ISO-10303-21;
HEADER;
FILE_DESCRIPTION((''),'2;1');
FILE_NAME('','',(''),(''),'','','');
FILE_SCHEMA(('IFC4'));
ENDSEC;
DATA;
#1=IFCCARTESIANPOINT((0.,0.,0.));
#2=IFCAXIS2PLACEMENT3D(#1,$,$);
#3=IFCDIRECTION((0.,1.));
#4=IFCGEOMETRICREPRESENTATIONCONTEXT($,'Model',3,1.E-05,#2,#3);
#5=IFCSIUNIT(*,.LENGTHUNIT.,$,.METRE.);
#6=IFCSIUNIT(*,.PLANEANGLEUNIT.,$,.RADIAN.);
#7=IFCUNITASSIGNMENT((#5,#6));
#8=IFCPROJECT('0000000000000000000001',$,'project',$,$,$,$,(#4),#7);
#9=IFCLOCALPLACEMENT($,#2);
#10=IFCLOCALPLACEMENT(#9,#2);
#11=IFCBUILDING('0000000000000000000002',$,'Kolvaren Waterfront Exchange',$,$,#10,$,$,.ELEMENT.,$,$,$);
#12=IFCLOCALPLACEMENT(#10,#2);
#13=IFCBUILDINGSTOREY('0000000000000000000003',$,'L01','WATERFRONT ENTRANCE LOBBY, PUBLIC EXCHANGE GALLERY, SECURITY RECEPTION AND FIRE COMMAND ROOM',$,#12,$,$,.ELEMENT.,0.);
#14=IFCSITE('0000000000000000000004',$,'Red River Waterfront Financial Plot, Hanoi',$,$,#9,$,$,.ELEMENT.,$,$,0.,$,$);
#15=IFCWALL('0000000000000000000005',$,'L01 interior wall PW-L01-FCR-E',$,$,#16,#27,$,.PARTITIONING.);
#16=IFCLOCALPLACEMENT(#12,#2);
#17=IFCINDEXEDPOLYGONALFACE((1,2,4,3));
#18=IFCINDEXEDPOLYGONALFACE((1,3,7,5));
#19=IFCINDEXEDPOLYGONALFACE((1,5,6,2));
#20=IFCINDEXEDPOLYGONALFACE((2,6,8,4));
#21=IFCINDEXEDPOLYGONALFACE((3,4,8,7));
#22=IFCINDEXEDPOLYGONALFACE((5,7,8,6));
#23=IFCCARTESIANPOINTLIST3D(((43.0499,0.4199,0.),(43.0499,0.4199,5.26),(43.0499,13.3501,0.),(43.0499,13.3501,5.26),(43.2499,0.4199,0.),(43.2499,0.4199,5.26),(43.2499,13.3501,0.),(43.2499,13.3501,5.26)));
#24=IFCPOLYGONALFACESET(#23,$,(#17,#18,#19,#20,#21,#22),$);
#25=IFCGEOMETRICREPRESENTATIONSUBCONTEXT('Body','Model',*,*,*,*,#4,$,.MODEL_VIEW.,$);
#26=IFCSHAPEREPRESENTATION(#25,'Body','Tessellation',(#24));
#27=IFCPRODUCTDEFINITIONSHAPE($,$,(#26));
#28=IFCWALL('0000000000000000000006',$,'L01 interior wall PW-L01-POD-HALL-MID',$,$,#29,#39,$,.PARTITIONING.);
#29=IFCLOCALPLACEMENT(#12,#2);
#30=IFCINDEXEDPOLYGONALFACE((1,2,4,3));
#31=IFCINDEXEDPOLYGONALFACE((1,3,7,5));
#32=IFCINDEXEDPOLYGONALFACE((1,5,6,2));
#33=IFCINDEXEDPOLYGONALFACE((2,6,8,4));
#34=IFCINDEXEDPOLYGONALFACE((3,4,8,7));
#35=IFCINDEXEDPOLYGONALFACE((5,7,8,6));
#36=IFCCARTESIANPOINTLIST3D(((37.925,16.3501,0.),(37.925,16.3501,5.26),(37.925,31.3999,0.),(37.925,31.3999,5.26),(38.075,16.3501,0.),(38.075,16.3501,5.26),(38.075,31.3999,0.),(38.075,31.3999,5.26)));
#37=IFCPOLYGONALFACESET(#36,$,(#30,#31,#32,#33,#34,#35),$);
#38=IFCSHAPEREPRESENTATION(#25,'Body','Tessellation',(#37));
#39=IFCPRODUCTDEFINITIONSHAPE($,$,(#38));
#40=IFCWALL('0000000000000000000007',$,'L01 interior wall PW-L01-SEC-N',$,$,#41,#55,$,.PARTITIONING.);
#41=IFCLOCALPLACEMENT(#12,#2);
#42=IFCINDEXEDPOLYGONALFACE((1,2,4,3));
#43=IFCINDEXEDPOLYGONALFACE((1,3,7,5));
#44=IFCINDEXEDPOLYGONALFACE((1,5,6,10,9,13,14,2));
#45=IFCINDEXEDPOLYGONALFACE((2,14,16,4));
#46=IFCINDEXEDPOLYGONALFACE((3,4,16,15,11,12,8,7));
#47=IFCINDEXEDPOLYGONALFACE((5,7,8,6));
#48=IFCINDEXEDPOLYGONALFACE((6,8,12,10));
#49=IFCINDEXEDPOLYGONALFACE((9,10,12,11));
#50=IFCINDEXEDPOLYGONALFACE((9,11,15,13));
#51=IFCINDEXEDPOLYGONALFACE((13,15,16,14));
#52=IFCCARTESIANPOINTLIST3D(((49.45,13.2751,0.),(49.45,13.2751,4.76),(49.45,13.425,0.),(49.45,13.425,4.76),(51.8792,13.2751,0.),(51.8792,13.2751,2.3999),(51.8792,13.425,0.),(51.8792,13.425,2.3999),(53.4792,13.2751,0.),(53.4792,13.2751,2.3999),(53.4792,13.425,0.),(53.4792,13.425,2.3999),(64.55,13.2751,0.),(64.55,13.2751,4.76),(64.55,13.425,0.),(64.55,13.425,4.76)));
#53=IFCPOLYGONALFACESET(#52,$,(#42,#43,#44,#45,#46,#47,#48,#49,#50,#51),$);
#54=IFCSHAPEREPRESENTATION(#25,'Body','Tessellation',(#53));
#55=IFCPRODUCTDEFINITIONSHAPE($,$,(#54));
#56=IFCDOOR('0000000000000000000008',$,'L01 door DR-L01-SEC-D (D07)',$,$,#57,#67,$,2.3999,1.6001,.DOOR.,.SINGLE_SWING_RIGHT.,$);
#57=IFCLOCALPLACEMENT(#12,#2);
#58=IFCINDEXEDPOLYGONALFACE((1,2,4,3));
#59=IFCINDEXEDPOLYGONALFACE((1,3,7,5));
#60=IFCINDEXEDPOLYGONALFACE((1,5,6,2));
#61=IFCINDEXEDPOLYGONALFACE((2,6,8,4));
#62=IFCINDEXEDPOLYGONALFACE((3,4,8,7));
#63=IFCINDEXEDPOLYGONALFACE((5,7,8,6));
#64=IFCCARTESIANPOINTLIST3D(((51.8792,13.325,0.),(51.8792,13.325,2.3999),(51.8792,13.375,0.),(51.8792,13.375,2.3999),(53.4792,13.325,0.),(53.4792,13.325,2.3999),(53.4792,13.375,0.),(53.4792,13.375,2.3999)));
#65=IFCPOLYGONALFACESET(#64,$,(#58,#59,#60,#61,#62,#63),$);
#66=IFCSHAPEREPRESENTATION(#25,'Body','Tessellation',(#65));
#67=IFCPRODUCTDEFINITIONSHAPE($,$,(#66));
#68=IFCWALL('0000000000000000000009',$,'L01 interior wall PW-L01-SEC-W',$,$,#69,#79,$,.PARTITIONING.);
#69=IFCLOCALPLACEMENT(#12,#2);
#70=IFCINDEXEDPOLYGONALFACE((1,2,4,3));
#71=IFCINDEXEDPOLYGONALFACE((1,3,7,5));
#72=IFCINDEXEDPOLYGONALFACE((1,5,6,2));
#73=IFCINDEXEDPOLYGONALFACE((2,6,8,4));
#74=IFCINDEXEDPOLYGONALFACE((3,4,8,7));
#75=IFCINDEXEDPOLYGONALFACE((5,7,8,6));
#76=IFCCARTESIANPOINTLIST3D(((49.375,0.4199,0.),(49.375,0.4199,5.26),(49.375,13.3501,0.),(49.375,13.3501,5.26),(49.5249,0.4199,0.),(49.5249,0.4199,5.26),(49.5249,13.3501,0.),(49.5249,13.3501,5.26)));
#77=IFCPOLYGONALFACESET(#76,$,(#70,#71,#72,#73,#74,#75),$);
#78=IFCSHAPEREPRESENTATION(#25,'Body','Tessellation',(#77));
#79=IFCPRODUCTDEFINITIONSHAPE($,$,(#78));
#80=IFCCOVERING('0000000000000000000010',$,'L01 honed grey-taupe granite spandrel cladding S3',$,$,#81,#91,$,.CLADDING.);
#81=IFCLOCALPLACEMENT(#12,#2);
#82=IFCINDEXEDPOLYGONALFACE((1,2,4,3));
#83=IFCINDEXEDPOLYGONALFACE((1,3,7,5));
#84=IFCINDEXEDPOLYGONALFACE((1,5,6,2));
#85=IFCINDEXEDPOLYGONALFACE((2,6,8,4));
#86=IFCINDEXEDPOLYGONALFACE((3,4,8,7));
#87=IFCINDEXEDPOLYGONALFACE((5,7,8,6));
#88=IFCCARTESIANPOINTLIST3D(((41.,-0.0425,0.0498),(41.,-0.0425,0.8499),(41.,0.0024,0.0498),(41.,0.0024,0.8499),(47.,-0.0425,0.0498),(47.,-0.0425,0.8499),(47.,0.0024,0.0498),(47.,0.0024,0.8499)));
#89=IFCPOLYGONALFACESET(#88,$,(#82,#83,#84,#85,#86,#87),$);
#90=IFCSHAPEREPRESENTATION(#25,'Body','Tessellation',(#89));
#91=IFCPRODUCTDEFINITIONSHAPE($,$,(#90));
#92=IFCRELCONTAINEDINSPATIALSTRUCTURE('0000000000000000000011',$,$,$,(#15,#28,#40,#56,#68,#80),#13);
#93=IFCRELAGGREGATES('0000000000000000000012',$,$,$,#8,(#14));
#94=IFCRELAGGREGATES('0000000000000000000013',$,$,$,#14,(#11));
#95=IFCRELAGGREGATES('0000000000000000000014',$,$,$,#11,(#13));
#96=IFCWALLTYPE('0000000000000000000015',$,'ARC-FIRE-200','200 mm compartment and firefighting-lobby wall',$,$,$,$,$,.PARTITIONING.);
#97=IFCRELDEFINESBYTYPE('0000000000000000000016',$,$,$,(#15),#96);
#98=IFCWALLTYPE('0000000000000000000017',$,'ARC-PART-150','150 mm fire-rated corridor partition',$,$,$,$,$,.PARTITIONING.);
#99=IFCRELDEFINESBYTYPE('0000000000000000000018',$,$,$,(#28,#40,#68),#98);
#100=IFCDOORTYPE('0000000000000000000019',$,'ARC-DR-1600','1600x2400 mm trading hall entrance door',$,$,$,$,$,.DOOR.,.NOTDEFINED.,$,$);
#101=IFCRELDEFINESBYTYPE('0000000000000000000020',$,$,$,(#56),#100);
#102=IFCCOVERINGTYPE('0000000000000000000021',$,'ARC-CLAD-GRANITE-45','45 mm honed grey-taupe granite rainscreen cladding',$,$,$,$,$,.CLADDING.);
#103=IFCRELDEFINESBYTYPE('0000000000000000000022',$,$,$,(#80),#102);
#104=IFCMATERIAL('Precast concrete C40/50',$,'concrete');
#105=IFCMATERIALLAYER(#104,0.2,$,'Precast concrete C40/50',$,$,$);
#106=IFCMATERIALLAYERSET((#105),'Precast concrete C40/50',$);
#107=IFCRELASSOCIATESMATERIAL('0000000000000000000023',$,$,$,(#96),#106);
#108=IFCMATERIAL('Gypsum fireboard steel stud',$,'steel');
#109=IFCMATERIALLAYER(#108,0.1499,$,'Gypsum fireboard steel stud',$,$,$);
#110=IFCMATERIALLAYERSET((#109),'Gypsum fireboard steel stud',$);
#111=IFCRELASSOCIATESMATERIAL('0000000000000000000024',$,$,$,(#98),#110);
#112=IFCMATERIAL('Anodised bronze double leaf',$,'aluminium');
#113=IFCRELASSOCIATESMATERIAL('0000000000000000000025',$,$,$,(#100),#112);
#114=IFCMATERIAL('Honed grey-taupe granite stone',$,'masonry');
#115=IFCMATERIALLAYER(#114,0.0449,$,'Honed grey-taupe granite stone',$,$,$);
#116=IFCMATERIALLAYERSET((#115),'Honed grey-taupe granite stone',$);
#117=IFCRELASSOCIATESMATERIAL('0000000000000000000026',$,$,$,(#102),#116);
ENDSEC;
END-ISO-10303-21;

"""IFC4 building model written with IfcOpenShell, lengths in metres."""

from ifc_helpers import new_model, si_unit, direction, frame, frame_2d, origin, origin_2d, place, context, subcontext, project, spatial, rectangle, extrude, material, layer, layer_set, type_object, element, fill, save


model = new_model("IFC4")

# Units and contexts
model_context = context("Model", 3, precision=1e-05, world=origin(), true_north=direction((0.0, 1.0)))
body_context = subcontext(model_context, "Body", "Model", "MODEL_VIEW")
ifc_project = project(units=[si_unit("LENGTHUNIT", "METRE"), si_unit("PLANEANGLEUNIT", "RADIAN")], contexts=[model_context])

# Site, building, storey
site_placement = place(None, origin())
site = spatial("IfcSite", under=ifc_project, at=site_placement, Name="Red River Waterfront Financial Plot, Hanoi", CompositionType="ELEMENT", RefElevation=0.0)
building_placement = place(site_placement, origin())
building = spatial("IfcBuilding", under=site, at=building_placement, Name="Kolvaren Waterfront Exchange", CompositionType="ELEMENT")
storey_placement = place(building_placement, origin())
storey = spatial("IfcBuildingStorey", under=building, at=storey_placement, Name="L01", Description="WATERFRONT ENTRANCE LOBBY, PUBLIC EXCHANGE GALLERY, SECURITY RECEPTION AND FIRE COMMAND ROOM", CompositionType="ELEMENT", Elevation=0.0)

# Walls
ifc_material_1 = material(Name="Precast concrete C40/50", Category="concrete")
ifc_layer_1 = layer(ifc_material_1, 0.2, Name="Precast concrete C40/50")
ifc_layer_set_1 = layer_set([ifc_layer_1], Name="Precast concrete C40/50")
wall_type_1 = type_object("IfcWallType", Name="ARC-FIRE-200", Description="200 mm compartment and firefighting-lobby wall", PredefinedType="PARTITIONING", material=ifc_layer_set_1)
wall_1_placement = place(storey_placement, frame((43.1499, 0.4199, 0.0), z_axis=(0.0, 0.0, 1.0), x_axis=(0.0, 1.0, 0.0)))
element("IfcWall", 1, at=wall_1_placement, inside=storey, type_object=wall_type_1, Name="L01 interior wall PW-L01-FCR-E", PredefinedType="PARTITIONING", context=body_context, shape_type="SweptSolid", body=[
    extrude(rectangle(XDim=12.9302, YDim=0.2, at=frame_2d((6.4651, 0.0))), origin(), (0.0, 0.0, 1.0), 5.26),
])
ifc_material_2 = material(Name="Gypsum fireboard steel stud", Category="steel")
ifc_layer_2 = layer(ifc_material_2, 0.1499, Name="Gypsum fireboard steel stud")
ifc_layer_set_2 = layer_set([ifc_layer_2], Name="Gypsum fireboard steel stud")
wall_type_2 = type_object("IfcWallType", Name="ARC-PART-150", Description="150 mm fire-rated corridor partition", PredefinedType="PARTITIONING", material=ifc_layer_set_2)
wall_2_placement = place(storey_placement, frame((38.0, 16.3501, 0.0), z_axis=(0.0, 0.0, 1.0), x_axis=(0.0, 1.0, 0.0)))
element("IfcWall", 2, at=wall_2_placement, inside=storey, type_object=wall_type_2, Name="L01 interior wall PW-L01-POD-HALL-MID", PredefinedType="PARTITIONING", context=body_context, shape_type="SweptSolid", body=[
    extrude(rectangle(XDim=15.0498, YDim=0.1499, at=frame_2d((7.5249, 0.0))), origin(), (0.0, 0.0, 1.0), 5.26),
])

# Wall, opening, door
wall_3_placement = place(storey_placement, frame((49.45, 13.3501, 0.0), z_axis=(0.0, 0.0, 1.0), x_axis=(1.0, 0.0, 0.0)))
wall_3 = element("IfcWall", 3, at=wall_3_placement, inside=storey, type_object=wall_type_2, Name="L01 interior wall PW-L01-SEC-N", PredefinedType="PARTITIONING", context=body_context, shape_type="SweptSolid", body=[
    extrude(rectangle(XDim=15.1001, YDim=0.1499, at=frame_2d((7.55, 0.0))), origin(), (0.0, 0.0, 1.0), 4.76),
])
opening_placement = place(wall_3_placement, frame((2.4292, 0.0, 0.0)))
opening = element("IfcOpeningElement", 4, at=opening_placement, cuts=wall_3, PredefinedType="OPENING", context=body_context, shape_type="SweptSolid", body=[
    extrude(rectangle(XDim=1.6001, YDim=2.3999, at=frame_2d((0.8, 1.2))), frame((0.0, 0.085, 0.0), z_axis=(0.0, -1.0, 0.0), x_axis=(1.0, 0.0, 0.0)), (0.0, 0.0, 1.0), 0.1699),
])
ifc_material_3 = material(Name="Anodised bronze double leaf", Category="aluminium")
door_type = type_object("IfcDoorType", Name="ARC-DR-1600", Description="1600x2400 mm trading hall entrance door", OperationType="NOTDEFINED", PredefinedType="DOOR", material=ifc_material_3)
door_placement = place(opening_placement, origin())
door = element("IfcDoor", 5, at=door_placement, inside=storey, type_object=door_type, Name="L01 door DR-L01-SEC-D (D07)", OperationType="SINGLE_SWING_RIGHT", OverallHeight=2.3999, OverallWidth=1.6001, PredefinedType="DOOR", context=body_context, shape_type="SweptSolid", body=[
    extrude(rectangle(XDim=1.6001, YDim=2.3999, at=frame_2d((0.8, 1.2))), frame((0.0, 0.0249, 0.0), z_axis=(0.0, -1.0, 0.0), x_axis=(1.0, 0.0, 0.0)), (0.0, 0.0, 1.0), 0.05),
])
fill(opening, door)

# Wall
wall_4_placement = place(storey_placement, frame((49.45, 0.4199, 0.0), z_axis=(0.0, 0.0, 1.0), x_axis=(0.0, 1.0, 0.0)))
element("IfcWall", 6, at=wall_4_placement, inside=storey, type_object=wall_type_2, Name="L01 interior wall PW-L01-SEC-W", PredefinedType="PARTITIONING", context=body_context, shape_type="SweptSolid", body=[
    extrude(rectangle(XDim=12.9302, YDim=0.1499, at=frame_2d((6.4651, 0.0))), origin(), (0.0, 0.0, 1.0), 5.26),
])

# Covering
ifc_material_4 = material(Name="Honed grey-taupe granite stone", Category="masonry")
ifc_layer_3 = layer(ifc_material_4, 0.0449, Name="Honed grey-taupe granite stone")
ifc_layer_set_3 = layer_set([ifc_layer_3], Name="Honed grey-taupe granite stone")
covering_type = type_object("IfcCoveringType", Name="ARC-CLAD-GRANITE-45", Description="45 mm honed grey-taupe granite rainscreen cladding", PredefinedType="CLADDING", material=ifc_layer_set_3)
covering_placement = place(storey_placement, frame((44.0, -0.02, 0.0498), z_axis=(0.0, 0.0, 1.0), x_axis=(1.0, 0.0, 0.0)))
element("IfcCovering", 7, at=covering_placement, inside=storey, type_object=covering_type, Name="L01 honed grey-taupe granite spandrel cladding S3", PredefinedType="CLADDING", context=body_context, shape_type="SweptSolid", body=[
    extrude(rectangle(XDim=6.0, YDim=0.0449, at=origin_2d()), origin(), (0.0, 0.0, 1.0), 0.8),
])

save(model, "model.ifc")
